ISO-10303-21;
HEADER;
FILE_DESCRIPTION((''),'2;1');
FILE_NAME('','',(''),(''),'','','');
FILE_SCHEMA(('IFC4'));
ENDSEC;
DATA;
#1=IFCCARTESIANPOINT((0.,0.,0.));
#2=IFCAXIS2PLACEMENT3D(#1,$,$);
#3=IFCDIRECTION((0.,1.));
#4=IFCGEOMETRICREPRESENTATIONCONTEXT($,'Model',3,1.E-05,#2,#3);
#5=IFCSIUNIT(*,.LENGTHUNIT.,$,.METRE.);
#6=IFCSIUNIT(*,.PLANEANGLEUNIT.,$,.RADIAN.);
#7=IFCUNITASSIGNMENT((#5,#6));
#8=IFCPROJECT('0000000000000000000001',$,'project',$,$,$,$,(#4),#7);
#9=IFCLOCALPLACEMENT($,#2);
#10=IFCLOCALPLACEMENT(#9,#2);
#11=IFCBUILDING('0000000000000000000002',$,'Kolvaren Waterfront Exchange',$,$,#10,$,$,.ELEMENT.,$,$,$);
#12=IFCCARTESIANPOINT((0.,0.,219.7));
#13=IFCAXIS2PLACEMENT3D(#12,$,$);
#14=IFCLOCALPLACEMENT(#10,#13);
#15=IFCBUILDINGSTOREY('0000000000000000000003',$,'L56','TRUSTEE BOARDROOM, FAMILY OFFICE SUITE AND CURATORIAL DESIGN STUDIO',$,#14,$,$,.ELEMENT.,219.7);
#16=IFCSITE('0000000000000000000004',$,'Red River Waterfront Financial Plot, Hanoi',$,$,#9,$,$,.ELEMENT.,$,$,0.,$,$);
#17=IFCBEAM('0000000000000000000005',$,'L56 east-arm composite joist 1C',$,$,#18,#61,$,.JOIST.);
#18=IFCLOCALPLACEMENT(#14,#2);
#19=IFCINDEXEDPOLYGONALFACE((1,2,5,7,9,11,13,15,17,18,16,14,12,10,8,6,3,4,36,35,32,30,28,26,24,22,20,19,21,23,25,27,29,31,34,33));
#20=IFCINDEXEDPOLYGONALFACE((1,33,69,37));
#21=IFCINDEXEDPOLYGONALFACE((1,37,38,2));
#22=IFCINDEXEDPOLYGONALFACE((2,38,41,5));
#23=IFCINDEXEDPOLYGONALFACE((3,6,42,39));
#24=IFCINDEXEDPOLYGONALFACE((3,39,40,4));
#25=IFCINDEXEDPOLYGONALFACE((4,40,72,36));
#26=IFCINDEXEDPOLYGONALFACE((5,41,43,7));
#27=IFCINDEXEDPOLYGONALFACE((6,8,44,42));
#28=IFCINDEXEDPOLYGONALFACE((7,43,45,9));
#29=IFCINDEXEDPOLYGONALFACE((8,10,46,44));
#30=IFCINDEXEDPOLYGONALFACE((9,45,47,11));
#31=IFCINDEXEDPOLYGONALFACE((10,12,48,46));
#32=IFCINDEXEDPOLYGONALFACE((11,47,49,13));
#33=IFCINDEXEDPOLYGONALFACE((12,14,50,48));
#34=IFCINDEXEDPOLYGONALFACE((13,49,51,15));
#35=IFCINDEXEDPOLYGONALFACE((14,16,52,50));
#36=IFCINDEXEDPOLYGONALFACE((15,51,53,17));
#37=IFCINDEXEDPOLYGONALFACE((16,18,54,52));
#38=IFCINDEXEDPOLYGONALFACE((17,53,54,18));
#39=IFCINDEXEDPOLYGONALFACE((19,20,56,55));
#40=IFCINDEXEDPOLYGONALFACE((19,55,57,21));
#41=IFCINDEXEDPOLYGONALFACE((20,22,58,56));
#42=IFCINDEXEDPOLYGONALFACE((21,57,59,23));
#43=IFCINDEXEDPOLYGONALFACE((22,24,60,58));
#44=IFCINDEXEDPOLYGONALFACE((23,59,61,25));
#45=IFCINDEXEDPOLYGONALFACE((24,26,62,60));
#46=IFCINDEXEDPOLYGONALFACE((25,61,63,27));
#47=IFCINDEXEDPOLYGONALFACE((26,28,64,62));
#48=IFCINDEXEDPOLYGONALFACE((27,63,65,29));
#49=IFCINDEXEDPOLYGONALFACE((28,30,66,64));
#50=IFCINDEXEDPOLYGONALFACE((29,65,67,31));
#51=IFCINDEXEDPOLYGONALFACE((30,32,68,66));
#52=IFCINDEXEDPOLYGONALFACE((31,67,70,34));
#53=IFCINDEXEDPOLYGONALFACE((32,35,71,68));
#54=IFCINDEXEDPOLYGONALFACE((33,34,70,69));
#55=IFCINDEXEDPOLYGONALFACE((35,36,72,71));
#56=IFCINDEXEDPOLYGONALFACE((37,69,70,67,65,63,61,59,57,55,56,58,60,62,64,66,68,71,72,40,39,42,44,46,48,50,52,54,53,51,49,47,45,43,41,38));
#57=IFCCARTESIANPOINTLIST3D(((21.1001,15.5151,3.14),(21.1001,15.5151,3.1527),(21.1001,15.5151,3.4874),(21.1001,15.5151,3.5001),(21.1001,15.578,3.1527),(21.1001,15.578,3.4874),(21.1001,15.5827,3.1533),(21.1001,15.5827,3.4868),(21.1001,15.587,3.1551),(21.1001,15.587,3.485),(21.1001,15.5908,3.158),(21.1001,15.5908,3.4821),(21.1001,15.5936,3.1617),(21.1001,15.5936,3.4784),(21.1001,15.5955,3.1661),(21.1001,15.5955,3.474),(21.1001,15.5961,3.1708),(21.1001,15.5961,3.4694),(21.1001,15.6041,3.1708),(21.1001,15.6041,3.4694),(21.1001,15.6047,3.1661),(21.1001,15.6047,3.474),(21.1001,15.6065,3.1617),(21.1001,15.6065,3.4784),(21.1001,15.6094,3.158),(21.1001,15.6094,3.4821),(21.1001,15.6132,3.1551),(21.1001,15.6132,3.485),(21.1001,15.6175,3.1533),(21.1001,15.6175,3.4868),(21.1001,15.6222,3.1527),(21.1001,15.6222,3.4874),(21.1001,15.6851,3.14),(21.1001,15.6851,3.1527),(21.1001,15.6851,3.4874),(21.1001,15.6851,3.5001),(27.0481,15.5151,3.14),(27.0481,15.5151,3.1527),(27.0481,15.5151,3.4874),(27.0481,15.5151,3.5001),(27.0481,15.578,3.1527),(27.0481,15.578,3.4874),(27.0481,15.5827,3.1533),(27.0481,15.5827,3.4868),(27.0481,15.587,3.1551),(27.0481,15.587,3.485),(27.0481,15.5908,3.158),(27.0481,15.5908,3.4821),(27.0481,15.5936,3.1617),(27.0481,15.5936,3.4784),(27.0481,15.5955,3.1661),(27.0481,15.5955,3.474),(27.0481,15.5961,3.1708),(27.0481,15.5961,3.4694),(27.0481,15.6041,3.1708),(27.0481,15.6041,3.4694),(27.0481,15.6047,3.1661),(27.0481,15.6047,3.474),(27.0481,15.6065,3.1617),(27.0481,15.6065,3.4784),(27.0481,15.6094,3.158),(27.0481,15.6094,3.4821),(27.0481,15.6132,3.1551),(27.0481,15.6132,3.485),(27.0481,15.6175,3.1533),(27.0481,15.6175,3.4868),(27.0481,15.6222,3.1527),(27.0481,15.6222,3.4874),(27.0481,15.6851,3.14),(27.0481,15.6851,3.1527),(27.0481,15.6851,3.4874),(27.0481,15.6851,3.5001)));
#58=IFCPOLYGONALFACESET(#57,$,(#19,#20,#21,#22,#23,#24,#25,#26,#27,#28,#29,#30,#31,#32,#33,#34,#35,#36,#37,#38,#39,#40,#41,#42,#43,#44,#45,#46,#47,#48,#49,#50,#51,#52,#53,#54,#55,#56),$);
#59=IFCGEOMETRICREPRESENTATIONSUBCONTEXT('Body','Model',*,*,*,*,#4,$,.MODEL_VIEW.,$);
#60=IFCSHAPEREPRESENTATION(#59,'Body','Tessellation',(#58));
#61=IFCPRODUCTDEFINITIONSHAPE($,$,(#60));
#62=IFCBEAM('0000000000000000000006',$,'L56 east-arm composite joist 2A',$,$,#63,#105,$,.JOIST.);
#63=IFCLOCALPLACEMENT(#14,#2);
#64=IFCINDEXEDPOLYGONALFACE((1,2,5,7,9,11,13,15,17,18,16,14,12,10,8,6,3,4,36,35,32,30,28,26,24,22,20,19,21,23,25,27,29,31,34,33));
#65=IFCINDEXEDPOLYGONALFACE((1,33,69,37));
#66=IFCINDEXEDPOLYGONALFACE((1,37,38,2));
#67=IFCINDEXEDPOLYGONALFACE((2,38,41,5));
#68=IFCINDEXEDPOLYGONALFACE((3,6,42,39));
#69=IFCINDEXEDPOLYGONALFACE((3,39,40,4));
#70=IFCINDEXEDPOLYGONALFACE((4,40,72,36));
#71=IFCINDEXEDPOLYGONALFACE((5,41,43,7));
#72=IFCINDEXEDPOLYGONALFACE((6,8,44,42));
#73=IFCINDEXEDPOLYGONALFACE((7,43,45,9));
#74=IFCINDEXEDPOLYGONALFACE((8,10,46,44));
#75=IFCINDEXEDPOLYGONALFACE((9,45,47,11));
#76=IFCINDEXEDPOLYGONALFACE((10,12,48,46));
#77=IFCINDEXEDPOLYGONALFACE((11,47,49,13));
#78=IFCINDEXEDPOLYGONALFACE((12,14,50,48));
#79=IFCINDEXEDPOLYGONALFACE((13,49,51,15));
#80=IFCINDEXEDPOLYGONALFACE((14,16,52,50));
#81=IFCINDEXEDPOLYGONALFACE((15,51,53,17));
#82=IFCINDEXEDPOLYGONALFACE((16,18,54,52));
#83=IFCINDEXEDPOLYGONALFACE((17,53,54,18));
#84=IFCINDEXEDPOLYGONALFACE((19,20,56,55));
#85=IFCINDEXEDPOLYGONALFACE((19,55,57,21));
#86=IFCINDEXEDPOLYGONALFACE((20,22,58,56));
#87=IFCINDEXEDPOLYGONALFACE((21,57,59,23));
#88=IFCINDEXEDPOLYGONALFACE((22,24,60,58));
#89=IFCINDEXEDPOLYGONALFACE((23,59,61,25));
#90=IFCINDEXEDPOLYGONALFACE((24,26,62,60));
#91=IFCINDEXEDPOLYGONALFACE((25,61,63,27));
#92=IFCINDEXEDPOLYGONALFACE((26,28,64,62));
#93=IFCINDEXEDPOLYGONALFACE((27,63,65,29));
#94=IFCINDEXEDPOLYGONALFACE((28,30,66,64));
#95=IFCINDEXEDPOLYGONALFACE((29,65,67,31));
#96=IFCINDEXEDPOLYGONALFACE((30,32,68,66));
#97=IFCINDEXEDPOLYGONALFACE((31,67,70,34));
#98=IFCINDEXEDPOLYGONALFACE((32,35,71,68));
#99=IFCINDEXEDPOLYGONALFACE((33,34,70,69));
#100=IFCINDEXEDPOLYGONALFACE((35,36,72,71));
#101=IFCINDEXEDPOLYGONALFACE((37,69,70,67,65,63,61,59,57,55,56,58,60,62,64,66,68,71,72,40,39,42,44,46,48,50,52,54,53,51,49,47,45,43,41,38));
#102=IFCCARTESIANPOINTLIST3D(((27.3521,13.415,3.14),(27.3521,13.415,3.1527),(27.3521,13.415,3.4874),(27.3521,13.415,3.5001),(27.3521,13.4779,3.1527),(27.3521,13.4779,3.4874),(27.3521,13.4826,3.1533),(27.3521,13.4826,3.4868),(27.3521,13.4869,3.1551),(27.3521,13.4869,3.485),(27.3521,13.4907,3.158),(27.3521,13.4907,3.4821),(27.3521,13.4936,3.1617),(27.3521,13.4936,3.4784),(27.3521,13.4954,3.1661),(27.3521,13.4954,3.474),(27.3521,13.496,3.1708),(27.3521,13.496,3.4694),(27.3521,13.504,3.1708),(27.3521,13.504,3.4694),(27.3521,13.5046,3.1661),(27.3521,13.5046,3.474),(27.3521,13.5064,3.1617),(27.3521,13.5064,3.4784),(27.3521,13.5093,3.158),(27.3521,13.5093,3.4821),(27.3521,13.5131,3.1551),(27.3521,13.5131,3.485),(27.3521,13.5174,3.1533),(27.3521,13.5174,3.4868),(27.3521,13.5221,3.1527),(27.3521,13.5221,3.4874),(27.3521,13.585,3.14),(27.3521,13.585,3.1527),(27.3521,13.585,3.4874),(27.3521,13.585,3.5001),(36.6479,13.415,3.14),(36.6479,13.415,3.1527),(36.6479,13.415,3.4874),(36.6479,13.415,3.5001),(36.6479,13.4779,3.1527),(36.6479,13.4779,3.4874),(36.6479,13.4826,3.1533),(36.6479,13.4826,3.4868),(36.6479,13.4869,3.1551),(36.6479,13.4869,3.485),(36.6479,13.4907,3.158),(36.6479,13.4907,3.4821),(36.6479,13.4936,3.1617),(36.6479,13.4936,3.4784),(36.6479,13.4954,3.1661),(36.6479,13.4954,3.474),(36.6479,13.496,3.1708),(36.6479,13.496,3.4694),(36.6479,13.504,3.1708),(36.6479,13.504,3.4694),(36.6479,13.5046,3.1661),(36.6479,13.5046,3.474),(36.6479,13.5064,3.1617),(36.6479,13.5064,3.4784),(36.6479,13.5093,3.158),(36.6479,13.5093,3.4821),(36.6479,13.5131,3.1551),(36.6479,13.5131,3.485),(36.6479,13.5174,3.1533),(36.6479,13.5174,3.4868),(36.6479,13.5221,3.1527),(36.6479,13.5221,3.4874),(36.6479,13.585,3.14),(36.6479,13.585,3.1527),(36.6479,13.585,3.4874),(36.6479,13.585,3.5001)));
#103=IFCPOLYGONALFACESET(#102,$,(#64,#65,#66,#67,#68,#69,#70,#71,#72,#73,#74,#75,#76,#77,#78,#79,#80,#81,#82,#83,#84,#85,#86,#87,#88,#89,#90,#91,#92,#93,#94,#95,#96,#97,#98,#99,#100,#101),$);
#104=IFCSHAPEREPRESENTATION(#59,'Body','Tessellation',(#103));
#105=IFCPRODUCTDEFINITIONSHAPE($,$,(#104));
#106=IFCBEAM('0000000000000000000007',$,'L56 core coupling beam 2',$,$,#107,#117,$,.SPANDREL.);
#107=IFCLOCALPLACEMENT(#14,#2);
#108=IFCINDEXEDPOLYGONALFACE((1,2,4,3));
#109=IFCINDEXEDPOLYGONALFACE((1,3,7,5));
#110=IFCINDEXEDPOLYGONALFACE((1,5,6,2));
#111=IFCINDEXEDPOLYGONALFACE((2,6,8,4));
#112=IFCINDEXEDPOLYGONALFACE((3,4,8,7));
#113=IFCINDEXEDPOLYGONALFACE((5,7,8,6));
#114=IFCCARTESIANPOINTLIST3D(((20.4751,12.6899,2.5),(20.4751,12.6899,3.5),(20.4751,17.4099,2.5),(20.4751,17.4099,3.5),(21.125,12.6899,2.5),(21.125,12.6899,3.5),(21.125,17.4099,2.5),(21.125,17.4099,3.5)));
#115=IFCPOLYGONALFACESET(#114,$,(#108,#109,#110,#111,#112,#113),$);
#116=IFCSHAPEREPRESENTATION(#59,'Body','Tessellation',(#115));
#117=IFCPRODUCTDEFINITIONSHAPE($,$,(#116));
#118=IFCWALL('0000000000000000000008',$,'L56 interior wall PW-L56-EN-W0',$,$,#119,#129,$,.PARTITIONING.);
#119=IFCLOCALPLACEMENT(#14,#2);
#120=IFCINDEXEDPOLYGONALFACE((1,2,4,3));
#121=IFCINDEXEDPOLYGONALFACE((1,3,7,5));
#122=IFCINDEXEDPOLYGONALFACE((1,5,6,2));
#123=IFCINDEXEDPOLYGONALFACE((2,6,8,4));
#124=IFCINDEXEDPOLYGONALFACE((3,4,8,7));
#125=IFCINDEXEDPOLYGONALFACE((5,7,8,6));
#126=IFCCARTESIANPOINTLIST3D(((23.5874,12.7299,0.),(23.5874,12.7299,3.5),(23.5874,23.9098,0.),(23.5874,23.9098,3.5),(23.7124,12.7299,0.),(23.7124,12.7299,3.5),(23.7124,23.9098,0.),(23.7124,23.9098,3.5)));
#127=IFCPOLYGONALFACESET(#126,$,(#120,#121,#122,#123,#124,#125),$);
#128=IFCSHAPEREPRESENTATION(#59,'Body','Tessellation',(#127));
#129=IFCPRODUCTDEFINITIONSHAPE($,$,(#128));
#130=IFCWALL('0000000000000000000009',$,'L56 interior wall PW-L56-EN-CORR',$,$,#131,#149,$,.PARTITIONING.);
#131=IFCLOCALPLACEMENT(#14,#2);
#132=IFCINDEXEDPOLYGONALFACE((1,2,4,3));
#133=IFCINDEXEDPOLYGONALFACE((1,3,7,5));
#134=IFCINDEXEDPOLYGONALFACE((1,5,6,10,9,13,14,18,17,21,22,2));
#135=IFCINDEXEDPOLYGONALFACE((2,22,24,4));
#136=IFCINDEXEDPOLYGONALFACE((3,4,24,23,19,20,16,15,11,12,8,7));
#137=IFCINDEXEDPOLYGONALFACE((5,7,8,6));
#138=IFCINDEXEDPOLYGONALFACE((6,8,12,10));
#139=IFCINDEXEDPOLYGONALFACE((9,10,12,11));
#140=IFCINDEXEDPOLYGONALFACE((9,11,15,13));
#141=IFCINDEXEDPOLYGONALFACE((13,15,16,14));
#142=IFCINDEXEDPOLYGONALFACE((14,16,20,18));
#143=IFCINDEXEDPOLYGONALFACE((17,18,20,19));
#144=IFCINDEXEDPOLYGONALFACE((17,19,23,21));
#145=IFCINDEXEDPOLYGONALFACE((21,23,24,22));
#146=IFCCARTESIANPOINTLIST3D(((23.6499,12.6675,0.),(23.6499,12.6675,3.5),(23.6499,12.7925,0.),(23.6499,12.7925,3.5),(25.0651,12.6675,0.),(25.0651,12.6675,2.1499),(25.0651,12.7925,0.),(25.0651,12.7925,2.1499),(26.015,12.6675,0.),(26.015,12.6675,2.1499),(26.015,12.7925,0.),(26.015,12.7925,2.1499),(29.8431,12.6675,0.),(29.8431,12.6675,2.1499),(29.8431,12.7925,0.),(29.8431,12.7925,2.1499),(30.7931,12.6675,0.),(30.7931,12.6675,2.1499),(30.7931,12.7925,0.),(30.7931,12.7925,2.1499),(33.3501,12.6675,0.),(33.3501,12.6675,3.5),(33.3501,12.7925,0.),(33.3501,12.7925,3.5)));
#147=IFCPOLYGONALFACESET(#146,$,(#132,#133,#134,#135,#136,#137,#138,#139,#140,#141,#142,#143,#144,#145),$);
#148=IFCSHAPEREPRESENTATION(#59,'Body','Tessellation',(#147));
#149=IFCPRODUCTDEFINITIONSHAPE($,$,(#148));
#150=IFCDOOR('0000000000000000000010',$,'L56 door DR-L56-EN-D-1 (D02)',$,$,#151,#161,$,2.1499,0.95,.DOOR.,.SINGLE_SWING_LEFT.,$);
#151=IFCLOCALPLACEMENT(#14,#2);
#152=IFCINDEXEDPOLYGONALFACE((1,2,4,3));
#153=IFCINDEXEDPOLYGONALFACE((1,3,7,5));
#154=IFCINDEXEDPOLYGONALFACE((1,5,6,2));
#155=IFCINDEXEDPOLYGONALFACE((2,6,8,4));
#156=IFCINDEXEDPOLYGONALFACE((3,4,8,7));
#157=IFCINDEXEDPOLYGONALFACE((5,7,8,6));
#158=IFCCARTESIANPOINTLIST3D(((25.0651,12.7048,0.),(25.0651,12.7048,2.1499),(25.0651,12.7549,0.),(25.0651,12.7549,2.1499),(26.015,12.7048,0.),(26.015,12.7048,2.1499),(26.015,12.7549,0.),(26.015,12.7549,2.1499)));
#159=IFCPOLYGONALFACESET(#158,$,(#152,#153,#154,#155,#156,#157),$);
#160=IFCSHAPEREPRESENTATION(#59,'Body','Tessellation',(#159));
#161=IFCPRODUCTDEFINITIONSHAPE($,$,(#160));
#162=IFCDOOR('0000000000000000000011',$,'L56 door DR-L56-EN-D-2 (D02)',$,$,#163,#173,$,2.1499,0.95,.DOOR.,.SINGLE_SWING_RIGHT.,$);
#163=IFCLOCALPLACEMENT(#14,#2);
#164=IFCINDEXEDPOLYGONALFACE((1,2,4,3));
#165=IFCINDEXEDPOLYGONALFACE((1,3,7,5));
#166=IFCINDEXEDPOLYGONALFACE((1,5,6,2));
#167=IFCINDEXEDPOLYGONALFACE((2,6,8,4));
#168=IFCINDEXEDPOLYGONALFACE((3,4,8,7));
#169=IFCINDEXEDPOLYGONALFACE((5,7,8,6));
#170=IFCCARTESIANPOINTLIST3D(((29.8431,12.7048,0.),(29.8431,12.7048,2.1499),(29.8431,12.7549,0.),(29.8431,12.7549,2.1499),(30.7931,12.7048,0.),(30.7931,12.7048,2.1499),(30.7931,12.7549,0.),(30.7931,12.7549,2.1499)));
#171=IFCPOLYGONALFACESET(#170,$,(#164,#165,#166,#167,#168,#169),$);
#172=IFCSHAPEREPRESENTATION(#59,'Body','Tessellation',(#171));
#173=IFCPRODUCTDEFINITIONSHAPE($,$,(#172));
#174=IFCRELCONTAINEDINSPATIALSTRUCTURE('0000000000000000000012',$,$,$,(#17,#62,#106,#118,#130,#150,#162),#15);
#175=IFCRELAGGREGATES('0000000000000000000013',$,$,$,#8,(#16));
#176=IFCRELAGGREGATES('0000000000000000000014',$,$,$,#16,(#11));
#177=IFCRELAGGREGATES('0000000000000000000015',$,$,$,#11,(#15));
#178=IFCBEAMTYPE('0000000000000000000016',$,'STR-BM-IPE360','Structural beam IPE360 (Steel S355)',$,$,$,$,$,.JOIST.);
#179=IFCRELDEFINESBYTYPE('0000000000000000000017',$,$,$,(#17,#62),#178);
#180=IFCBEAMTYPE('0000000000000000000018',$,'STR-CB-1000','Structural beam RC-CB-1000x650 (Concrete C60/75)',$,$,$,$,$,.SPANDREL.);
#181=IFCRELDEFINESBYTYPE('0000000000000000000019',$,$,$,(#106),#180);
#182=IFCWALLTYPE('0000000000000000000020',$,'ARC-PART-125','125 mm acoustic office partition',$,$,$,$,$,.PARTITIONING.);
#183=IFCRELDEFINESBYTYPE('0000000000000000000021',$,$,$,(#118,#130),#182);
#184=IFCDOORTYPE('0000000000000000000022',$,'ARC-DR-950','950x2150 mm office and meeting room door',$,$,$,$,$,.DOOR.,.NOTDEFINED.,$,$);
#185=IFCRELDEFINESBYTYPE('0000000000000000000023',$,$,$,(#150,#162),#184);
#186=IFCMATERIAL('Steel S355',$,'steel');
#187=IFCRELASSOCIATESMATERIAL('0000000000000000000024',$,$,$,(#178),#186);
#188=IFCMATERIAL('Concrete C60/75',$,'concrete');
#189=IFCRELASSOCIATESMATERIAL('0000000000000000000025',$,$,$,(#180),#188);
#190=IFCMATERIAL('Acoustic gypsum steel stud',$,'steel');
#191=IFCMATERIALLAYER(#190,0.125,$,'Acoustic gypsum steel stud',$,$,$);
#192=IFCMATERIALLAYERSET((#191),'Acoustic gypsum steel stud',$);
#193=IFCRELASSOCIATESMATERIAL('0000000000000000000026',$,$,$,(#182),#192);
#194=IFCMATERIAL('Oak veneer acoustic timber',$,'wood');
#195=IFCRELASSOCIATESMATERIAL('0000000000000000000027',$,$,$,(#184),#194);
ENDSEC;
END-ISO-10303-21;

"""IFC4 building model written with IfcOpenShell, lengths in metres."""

from ifc_helpers import new_model, si_unit, direction, frame, frame_2d, origin, origin_2d, place, context, subcontext, project, spatial, rectangle, i_section, extrude, material, layer, layer_set, material_profile, profile_set, type_object, element, fill, save


model = new_model("IFC4")

# Units and contexts
model_context = context("Model", 3, precision=1e-05, world=origin(), true_north=direction((0.0, 1.0)))
body_context = subcontext(model_context, "Body", "Model", "MODEL_VIEW")
ifc_project = project(units=[si_unit("LENGTHUNIT", "METRE"), si_unit("PLANEANGLEUNIT", "RADIAN")], contexts=[model_context])

# Site, building, storey
site_placement = place(None, origin())
site = spatial("IfcSite", under=ifc_project, at=site_placement, Name="Red River Waterfront Financial Plot, Hanoi", CompositionType="ELEMENT", RefElevation=0.0)
building_placement = place(site_placement, origin())
building = spatial("IfcBuilding", under=site, at=building_placement, Name="Kolvaren Waterfront Exchange", CompositionType="ELEMENT")
storey_placement = place(building_placement, frame((0.0, 0.0, 219.7)))
storey = spatial("IfcBuildingStorey", under=building, at=storey_placement, Name="L56", Description="TRUSTEE BOARDROOM, FAMILY OFFICE SUITE AND CURATORIAL DESIGN STUDIO", CompositionType="ELEMENT", Elevation=219.7)

# Beams
ifc_material_1 = material(Name="Steel S355", Category="steel")
ifc_material_profile_1 = material_profile(ifc_material_1, i_section(OverallWidth=0.1699, OverallDepth=0.3601, WebThickness=0.0081, FlangeThickness=0.0127, FilletRadius=0.0181, at=origin_2d()), Name="IPE360")
ifc_profile_set_1 = profile_set([ifc_material_profile_1], Name="Steel S355")
beam_type_1 = type_object("IfcBeamType", Name="STR-BM-IPE360", Description="Structural beam IPE360 (Steel S355)", PredefinedType="JOIST", material=ifc_profile_set_1)
for number, where, z_axis, x_axis, name in (
    (1, (21.1001, 15.6001, 3.3201), (1.0, 0.0, 0.0), (0.0, 1.0, 0.0), "L56 east-arm composite joist 1C"),
):
    element("IfcBeam", number, at=place(storey_placement, frame(where, z_axis=z_axis, x_axis=x_axis)), inside=storey, type_object=beam_type_1, Name=name, PredefinedType="JOIST", context=body_context, shape_type="SweptSolid", body=[
        extrude(i_section(OverallWidth=0.1699, OverallDepth=0.3601, WebThickness=0.0081, FlangeThickness=0.0127, FilletRadius=0.0181, at=origin_2d()), origin(), (0.0, 0.0, 1.0), 5.948),
    ])
beam_1_placement = place(storey_placement, frame((27.3521, 13.5, 3.3201), z_axis=(1.0, 0.0, 0.0), x_axis=(0.0, 1.0, 0.0)))
element("IfcBeam", 2, at=beam_1_placement, inside=storey, type_object=beam_type_1, Name="L56 east-arm composite joist 2A", PredefinedType="JOIST", context=body_context, shape_type="SweptSolid", body=[
    extrude(i_section(OverallWidth=0.1699, OverallDepth=0.3601, WebThickness=0.0081, FlangeThickness=0.0127, FilletRadius=0.0181, at=origin_2d()), origin(), (0.0, 0.0, 1.0), 9.2959),
])
ifc_material_2 = material(Name="Concrete C60/75", Category="concrete")
ifc_material_profile_2 = material_profile(ifc_material_2, rectangle(XDim=0.6499, YDim=1.0, at=origin_2d()), Name="RC-CB-1000x650")
ifc_profile_set_2 = profile_set([ifc_material_profile_2], Name="Concrete C60/75")
beam_type_2 = type_object("IfcBeamType", Name="STR-CB-1000", Description="Structural beam RC-CB-1000x650 (Concrete C60/75)", PredefinedType="SPANDREL", material=ifc_profile_set_2)
beam_2_placement = place(storey_placement, frame((20.8, 12.6899, 3.0), z_axis=(0.0, 1.0, 0.0), x_axis=(-1.0, 0.0, 0.0)))
element("IfcBeam", 3, at=beam_2_placement, inside=storey, type_object=beam_type_2, Name="L56 core coupling beam 2", PredefinedType="SPANDREL", context=body_context, shape_type="SweptSolid", body=[
    extrude(rectangle(XDim=0.6499, YDim=1.0, at=origin_2d()), origin(), (0.0, 0.0, 1.0), 4.72),
])

# Wall
ifc_material_3 = material(Name="Acoustic gypsum steel stud", Category="steel")
ifc_layer_1 = layer(ifc_material_3, 0.125, Name="Acoustic gypsum steel stud")
ifc_layer_set_1 = layer_set([ifc_layer_1], Name="Acoustic gypsum steel stud")
wall_type_1 = type_object("IfcWallType", Name="ARC-PART-125", Description="125 mm acoustic office partition", PredefinedType="PARTITIONING", material=ifc_layer_set_1)
wall_1_placement = place(storey_placement, frame((23.6499, 12.73, 0.0), z_axis=(0.0, 0.0, 1.0), x_axis=(0.0, 1.0, 0.0)))
element("IfcWall", 4, at=wall_1_placement, inside=storey, type_object=wall_type_1, Name="L56 interior wall PW-L56-EN-W0", PredefinedType="PARTITIONING", context=body_context, shape_type="SweptSolid", body=[
    extrude(rectangle(XDim=11.1799, YDim=0.125, at=frame_2d((5.5898, 0.0))), origin(), (0.0, 0.0, 1.0), 3.5),
])

# Wall, openings, doors
wall_2_placement = place(storey_placement, frame((23.6499, 12.73, 0.0), z_axis=(0.0, 0.0, 1.0), x_axis=(1.0, 0.0, 0.0)))
wall_2 = element("IfcWall", 5, at=wall_2_placement, inside=storey, type_object=wall_type_1, Name="L56 interior wall PW-L56-EN-CORR", PredefinedType="PARTITIONING", context=body_context, shape_type="SweptSolid", body=[
    extrude(rectangle(XDim=9.7002, YDim=0.125, at=frame_2d((4.8501, 0.0))), origin(), (0.0, 0.0, 1.0), 3.5),
])
opening_1_placement = place(wall_2_placement, frame((1.415, 0.0, 0.0)))
opening_1 = element("IfcOpeningElement", 6, at=opening_1_placement, cuts=wall_2, PredefinedType="OPENING", context=body_context, shape_type="SweptSolid", body=[
    extrude(rectangle(XDim=0.95, YDim=2.1499, at=frame_2d((0.4751, 1.075))), frame((0.0, 0.0725, 0.0), z_axis=(0.0, -1.0, 0.0), x_axis=(1.0, 0.0, 0.0)), (0.0, 0.0, 1.0), 0.145),
])
opening_2_placement = place(wall_2_placement, frame((6.1931, 0.0, 0.0)))
opening_2 = element("IfcOpeningElement", 7, at=opening_2_placement, cuts=wall_2, PredefinedType="OPENING", context=body_context, shape_type="SweptSolid", body=[
    extrude(rectangle(XDim=0.95, YDim=2.1499, at=frame_2d((0.4751, 1.075))), frame((0.0, 0.0725, 0.0), z_axis=(0.0, -1.0, 0.0), x_axis=(1.0, 0.0, 0.0)), (0.0, 0.0, 1.0), 0.145),
])
ifc_material_4 = material(Name="Oak veneer acoustic timber", Category="wood")
door_type = type_object("IfcDoorType", Name="ARC-DR-950", Description="950x2150 mm office and meeting room door", OperationType="NOTDEFINED", PredefinedType="DOOR", material=ifc_material_4)
door_1_placement = place(opening_1_placement, origin())
door_1 = element("IfcDoor", 8, at=door_1_placement, inside=storey, type_object=door_type, Name="L56 door DR-L56-EN-D-1 (D02)", OperationType="SINGLE_SWING_LEFT", OverallHeight=2.1499, OverallWidth=0.95, PredefinedType="DOOR", context=body_context, shape_type="SweptSolid", body=[
    extrude(rectangle(XDim=0.95, YDim=2.1499, at=frame_2d((0.4751, 1.075))), frame((0.0, 0.0249, 0.0), z_axis=(0.0, -1.0, 0.0), x_axis=(1.0, 0.0, 0.0)), (0.0, 0.0, 1.0), 0.05),
])
fill(opening_1, door_1)
door_2_placement = place(opening_2_placement, origin())
door_2 = element("IfcDoor", 9, at=door_2_placement, inside=storey, type_object=door_type, Name="L56 door DR-L56-EN-D-2 (D02)", OperationType="SINGLE_SWING_RIGHT", OverallHeight=2.1499, OverallWidth=0.95, PredefinedType="DOOR", context=body_context, shape_type="SweptSolid", body=[
    extrude(rectangle(XDim=0.95, YDim=2.1499, at=frame_2d((0.4751, 1.075))), frame((0.0, 0.0249, 0.0), z_axis=(0.0, -1.0, 0.0), x_axis=(1.0, 0.0, 0.0)), (0.0, 0.0, 1.0), 0.05),
])
fill(opening_2, door_2)

save(model, "model.ifc")
